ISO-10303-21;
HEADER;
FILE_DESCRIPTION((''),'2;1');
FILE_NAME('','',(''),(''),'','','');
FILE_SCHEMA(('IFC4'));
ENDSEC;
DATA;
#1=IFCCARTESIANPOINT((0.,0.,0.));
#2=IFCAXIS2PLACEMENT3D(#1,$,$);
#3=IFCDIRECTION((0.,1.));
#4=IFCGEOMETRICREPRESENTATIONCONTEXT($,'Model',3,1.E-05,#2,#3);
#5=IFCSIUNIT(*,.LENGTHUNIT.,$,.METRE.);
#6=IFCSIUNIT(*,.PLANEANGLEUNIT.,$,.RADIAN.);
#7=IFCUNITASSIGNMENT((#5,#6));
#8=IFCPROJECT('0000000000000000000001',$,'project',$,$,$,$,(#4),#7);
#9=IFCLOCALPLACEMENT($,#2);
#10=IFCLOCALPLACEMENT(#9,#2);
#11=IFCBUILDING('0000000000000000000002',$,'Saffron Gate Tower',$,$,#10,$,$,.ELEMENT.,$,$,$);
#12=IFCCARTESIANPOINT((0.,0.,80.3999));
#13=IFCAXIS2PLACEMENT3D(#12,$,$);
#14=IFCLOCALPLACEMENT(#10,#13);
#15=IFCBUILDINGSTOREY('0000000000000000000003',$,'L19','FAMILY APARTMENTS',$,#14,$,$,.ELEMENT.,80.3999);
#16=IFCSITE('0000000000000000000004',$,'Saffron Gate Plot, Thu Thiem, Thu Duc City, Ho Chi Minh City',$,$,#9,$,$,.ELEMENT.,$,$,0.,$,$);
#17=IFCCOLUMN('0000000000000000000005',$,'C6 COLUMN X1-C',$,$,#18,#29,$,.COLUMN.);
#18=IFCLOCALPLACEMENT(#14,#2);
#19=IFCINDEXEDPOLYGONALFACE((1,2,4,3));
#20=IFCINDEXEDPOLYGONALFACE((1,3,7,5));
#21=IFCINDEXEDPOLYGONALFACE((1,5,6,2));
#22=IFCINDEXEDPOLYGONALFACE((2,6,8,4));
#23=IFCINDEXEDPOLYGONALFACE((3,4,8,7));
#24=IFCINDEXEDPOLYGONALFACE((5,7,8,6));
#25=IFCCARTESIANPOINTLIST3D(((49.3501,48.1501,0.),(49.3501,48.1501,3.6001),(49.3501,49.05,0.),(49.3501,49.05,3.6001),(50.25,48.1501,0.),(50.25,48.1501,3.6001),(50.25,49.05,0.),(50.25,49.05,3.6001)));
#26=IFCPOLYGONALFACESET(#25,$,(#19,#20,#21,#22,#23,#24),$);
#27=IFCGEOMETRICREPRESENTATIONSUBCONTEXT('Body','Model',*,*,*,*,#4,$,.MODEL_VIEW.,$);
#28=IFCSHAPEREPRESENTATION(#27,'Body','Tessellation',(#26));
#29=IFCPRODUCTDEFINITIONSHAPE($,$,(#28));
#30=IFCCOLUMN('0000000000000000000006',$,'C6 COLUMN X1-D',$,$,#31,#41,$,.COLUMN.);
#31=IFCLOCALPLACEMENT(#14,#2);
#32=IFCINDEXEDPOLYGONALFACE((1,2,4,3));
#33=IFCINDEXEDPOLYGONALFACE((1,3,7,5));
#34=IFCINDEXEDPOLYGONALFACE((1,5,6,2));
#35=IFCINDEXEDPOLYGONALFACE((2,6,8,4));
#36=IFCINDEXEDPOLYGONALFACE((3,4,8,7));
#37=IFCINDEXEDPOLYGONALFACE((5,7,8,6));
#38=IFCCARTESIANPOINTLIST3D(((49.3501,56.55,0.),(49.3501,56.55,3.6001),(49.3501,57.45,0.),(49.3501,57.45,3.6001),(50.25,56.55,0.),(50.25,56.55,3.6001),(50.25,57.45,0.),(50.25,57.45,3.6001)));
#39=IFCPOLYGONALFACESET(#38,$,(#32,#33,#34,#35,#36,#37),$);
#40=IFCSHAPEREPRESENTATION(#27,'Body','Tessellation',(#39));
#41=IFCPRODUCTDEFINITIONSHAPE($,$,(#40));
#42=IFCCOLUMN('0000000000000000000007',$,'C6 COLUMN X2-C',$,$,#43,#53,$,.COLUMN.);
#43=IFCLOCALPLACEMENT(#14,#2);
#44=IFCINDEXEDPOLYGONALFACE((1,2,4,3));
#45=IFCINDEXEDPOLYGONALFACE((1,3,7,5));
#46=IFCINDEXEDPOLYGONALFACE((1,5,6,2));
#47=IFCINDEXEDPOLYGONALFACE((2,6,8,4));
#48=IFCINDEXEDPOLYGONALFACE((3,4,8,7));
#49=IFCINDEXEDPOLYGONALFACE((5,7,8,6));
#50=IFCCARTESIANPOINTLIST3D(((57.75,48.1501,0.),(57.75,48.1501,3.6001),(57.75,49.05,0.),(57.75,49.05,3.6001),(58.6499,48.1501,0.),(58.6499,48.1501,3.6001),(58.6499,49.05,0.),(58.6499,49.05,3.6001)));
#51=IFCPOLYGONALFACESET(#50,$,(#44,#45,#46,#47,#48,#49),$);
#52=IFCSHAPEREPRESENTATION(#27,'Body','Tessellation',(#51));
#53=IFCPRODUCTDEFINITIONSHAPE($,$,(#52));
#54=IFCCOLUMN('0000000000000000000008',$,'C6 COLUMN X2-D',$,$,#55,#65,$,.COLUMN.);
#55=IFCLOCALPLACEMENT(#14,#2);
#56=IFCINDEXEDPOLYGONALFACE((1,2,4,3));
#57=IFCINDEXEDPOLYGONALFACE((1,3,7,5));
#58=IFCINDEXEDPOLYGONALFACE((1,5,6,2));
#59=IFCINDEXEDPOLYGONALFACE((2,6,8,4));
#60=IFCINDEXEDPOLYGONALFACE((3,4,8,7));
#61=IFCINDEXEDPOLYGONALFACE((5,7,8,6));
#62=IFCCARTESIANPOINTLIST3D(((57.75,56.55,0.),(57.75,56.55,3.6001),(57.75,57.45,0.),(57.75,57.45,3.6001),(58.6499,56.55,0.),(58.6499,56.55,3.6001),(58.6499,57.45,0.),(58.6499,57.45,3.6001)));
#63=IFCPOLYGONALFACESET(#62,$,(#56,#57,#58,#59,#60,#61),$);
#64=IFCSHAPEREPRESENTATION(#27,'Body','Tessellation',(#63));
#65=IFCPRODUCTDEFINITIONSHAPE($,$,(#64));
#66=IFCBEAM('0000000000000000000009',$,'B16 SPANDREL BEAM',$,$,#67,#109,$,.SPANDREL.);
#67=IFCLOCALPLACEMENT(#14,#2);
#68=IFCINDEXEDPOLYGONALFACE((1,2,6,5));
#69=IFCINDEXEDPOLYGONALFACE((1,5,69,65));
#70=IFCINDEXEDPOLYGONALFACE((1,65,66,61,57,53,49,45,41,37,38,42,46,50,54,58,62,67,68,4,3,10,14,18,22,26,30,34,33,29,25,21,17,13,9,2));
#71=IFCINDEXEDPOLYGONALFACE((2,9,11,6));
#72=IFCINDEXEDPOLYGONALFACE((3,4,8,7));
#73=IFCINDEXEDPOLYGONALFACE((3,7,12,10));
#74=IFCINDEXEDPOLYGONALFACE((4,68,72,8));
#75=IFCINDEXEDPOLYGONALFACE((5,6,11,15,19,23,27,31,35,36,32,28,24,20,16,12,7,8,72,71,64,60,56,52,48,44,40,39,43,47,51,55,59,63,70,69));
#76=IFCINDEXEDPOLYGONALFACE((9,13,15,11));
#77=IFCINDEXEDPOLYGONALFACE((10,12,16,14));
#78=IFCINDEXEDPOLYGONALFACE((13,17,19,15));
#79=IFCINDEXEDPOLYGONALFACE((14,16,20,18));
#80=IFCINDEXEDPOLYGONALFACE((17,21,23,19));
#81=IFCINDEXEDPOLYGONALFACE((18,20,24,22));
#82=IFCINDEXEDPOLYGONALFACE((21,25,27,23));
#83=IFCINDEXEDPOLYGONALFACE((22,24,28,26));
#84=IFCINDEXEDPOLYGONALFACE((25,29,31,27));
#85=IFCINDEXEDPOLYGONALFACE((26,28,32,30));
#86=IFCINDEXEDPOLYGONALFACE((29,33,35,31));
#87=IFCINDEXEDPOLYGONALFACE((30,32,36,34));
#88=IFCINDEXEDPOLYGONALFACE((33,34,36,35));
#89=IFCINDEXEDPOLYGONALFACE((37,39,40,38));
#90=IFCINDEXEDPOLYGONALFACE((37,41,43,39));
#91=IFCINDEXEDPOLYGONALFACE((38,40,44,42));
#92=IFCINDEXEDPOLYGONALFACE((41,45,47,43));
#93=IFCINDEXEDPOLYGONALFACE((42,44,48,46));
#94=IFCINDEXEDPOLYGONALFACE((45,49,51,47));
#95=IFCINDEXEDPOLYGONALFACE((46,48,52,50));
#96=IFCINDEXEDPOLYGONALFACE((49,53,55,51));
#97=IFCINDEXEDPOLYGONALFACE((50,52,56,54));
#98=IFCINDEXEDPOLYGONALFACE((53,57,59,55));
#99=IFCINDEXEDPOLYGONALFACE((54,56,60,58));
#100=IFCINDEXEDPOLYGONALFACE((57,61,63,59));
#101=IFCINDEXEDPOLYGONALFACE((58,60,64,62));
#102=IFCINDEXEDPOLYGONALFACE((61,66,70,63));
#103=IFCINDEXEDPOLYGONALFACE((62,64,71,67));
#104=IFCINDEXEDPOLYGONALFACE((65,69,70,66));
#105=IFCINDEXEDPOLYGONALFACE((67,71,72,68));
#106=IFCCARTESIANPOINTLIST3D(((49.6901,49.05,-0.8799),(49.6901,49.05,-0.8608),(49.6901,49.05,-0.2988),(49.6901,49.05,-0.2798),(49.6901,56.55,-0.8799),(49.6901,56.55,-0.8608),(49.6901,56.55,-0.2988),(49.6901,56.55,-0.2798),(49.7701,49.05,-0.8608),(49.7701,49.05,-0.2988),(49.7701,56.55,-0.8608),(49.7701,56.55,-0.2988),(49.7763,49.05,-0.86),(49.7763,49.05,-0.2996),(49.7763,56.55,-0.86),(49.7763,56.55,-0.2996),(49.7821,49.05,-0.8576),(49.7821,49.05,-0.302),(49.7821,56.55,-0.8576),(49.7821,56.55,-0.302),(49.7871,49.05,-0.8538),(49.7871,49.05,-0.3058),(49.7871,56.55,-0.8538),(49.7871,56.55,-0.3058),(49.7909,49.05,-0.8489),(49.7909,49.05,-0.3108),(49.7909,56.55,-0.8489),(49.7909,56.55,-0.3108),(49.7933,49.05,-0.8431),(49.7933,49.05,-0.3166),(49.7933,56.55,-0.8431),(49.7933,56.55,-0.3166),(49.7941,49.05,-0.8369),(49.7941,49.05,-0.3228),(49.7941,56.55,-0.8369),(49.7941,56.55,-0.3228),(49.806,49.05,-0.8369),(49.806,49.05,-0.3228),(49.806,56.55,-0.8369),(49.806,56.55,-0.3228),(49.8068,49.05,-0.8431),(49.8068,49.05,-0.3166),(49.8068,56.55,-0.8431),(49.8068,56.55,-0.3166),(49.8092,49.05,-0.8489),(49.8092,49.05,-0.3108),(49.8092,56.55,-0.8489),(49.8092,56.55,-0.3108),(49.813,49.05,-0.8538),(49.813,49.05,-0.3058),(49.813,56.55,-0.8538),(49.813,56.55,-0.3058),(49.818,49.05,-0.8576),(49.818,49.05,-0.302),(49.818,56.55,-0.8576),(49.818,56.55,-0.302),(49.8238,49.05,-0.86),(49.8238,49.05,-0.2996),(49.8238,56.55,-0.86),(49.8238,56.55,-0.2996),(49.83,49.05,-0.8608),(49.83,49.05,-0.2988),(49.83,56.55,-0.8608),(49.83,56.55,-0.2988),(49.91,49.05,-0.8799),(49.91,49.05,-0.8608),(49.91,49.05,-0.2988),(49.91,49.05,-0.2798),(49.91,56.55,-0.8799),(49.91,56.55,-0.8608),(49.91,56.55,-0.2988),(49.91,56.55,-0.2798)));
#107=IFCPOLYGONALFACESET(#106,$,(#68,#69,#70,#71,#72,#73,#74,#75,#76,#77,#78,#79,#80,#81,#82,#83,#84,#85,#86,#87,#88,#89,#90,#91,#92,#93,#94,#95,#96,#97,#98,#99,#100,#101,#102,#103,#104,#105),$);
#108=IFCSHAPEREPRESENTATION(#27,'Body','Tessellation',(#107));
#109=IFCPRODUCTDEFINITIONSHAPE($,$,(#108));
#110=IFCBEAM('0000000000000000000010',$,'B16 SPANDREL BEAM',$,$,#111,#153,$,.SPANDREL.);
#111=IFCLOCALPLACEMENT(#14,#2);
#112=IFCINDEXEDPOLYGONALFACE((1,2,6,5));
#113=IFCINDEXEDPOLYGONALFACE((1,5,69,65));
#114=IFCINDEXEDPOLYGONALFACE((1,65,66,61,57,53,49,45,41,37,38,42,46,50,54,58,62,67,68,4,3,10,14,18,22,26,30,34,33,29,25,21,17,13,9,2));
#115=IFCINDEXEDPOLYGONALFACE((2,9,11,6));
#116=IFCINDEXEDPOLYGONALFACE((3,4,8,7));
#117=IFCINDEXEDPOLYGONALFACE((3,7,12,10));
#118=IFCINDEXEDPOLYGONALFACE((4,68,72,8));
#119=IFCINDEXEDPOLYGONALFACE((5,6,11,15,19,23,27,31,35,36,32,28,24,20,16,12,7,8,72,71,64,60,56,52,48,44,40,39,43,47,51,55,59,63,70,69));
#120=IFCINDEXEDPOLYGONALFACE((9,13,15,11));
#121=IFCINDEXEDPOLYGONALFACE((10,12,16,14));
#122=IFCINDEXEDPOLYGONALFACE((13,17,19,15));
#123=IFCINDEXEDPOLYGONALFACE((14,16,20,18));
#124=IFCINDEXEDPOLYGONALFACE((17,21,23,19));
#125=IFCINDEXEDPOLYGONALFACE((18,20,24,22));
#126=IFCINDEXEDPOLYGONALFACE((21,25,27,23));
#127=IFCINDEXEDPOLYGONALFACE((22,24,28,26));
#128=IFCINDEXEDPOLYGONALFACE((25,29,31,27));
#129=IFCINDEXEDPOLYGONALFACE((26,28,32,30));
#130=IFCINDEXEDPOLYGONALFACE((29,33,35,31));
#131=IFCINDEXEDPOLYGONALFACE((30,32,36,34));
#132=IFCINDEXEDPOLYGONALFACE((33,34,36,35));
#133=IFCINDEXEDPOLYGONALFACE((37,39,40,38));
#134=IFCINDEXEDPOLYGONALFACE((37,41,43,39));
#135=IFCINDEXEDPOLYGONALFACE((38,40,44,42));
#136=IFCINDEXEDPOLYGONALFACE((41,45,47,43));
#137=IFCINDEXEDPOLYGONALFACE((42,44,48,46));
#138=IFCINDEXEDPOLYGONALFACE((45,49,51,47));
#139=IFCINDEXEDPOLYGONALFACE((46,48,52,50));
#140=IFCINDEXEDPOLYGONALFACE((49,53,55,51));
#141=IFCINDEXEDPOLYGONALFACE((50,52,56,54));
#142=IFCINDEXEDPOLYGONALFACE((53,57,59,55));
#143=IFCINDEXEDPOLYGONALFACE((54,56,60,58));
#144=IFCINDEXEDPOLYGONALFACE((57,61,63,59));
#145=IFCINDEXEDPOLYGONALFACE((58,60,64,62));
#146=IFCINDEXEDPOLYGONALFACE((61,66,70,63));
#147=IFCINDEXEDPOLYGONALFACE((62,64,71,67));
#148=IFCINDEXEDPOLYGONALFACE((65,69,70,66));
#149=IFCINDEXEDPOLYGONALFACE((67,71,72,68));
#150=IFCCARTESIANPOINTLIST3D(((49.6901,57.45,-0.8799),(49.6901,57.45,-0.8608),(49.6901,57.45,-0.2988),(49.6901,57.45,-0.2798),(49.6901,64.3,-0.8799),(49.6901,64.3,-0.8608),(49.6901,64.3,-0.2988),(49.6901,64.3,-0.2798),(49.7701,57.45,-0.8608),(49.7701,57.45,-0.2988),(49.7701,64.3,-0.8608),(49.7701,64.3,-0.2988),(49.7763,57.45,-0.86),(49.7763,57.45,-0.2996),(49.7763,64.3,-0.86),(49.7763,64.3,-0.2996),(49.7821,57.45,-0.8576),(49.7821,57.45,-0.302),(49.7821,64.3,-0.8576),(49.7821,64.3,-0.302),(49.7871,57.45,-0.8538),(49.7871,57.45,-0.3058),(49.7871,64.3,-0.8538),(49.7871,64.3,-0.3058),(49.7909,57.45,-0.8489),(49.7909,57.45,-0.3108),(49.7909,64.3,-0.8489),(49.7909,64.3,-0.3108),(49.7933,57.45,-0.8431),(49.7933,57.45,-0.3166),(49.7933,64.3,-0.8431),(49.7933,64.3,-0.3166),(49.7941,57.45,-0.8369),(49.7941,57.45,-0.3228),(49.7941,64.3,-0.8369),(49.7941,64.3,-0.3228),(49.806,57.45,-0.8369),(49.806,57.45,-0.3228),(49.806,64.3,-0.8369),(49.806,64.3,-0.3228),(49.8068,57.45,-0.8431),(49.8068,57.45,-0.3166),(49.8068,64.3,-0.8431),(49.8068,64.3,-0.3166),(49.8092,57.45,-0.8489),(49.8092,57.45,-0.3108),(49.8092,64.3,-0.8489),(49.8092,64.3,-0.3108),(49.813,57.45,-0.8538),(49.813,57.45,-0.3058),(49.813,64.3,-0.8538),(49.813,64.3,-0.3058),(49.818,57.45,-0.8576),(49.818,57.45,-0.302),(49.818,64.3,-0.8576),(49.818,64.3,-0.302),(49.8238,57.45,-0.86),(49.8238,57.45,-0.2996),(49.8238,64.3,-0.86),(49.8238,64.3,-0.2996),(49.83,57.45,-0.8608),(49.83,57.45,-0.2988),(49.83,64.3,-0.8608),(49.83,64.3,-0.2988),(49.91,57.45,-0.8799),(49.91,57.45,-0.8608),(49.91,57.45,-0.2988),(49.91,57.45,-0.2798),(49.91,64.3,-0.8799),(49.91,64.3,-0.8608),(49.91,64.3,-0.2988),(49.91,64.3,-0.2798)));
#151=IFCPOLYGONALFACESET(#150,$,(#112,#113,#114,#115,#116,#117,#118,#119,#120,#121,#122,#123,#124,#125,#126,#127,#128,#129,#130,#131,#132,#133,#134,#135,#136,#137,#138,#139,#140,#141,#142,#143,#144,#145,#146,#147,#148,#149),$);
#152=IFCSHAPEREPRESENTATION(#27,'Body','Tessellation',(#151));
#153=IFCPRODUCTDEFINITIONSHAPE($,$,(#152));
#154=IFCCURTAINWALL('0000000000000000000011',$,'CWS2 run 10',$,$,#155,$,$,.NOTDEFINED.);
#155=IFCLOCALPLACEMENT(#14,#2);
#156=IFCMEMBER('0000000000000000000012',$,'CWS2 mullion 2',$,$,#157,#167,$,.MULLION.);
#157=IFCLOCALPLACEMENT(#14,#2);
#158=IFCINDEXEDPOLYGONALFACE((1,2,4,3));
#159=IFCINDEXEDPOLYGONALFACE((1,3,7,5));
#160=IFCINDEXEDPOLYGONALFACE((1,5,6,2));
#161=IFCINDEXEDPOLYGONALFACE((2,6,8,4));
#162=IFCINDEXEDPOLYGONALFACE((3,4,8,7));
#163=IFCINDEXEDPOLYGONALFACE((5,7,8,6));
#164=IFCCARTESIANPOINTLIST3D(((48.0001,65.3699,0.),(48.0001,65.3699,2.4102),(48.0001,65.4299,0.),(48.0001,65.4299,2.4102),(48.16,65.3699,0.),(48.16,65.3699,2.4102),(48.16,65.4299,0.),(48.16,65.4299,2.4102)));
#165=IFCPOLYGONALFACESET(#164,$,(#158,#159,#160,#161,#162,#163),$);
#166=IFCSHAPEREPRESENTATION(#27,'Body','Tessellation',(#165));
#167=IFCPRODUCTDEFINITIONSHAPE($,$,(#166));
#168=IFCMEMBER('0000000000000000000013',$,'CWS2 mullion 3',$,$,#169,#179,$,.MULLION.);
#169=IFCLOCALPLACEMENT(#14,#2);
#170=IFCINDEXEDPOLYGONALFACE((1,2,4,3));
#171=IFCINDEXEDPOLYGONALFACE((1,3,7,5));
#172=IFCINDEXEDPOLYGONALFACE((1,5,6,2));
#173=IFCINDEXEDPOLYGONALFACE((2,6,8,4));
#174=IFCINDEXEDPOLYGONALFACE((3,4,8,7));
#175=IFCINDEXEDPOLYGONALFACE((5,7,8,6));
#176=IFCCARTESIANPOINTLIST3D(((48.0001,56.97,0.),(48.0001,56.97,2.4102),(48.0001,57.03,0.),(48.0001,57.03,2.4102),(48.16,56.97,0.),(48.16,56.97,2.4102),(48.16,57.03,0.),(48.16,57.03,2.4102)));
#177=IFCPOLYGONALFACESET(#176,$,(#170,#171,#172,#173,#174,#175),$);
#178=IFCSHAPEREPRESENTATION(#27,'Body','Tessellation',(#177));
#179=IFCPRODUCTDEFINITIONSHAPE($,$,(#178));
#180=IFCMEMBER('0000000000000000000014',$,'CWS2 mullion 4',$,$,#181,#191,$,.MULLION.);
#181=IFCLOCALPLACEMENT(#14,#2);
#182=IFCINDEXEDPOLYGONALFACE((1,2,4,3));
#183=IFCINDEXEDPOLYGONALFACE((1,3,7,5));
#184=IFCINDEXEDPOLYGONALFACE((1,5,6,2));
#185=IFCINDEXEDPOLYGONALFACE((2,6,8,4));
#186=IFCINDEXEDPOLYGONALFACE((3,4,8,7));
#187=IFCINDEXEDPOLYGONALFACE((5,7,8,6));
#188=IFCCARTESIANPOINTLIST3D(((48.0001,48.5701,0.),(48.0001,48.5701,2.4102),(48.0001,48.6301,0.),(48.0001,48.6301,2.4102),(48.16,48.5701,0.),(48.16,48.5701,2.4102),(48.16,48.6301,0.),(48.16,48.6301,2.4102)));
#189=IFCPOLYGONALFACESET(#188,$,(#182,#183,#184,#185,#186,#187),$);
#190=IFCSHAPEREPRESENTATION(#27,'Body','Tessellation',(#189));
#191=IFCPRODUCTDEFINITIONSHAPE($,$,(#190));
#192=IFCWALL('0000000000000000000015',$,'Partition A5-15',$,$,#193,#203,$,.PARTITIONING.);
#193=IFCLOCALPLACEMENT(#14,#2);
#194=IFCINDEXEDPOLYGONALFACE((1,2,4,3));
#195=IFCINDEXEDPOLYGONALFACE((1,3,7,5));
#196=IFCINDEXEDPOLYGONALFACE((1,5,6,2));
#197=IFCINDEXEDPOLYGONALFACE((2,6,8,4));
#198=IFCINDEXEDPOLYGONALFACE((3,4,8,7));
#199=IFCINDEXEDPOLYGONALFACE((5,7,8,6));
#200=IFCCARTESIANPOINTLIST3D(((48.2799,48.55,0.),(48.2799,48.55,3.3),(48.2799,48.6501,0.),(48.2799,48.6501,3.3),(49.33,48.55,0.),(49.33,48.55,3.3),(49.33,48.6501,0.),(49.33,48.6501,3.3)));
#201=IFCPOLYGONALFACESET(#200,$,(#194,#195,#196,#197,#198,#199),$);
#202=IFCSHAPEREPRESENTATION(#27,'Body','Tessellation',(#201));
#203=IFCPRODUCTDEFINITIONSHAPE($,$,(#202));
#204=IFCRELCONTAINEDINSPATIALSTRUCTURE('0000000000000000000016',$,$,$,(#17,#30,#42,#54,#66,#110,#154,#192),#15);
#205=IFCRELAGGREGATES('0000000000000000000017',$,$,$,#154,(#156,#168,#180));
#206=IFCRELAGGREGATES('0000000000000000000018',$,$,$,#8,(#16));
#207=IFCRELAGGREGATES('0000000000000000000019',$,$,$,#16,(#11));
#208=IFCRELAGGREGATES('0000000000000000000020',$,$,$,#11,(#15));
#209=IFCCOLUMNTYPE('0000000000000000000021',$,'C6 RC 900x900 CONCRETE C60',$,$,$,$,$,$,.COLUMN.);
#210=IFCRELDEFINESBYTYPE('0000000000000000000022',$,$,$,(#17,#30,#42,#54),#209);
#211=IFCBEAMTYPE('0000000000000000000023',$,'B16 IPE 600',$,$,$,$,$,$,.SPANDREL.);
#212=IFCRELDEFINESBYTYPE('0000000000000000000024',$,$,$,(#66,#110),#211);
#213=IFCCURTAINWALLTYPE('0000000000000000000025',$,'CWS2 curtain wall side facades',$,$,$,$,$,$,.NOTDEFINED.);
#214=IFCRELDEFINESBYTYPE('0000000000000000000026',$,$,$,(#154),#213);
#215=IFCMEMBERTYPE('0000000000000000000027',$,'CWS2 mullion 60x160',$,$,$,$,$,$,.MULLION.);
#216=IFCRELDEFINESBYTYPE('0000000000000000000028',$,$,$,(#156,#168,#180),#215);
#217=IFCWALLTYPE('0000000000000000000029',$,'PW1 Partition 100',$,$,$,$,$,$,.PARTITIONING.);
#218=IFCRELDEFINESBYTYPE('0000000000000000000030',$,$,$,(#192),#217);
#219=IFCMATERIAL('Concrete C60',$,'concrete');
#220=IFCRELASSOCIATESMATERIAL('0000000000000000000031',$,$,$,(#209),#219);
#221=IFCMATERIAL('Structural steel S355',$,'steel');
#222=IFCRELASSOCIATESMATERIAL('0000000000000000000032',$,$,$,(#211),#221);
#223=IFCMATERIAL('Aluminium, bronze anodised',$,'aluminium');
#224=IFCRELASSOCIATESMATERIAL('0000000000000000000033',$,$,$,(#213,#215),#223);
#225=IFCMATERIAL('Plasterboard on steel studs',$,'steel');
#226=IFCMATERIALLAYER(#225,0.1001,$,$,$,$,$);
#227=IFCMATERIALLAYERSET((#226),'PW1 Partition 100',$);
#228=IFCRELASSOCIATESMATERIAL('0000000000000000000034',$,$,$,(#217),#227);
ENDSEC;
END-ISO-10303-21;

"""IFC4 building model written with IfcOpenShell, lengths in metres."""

from ifc_helpers import new_model, si_unit, direction, frame, frame_2d, origin, origin_2d, place, context, subcontext, project, spatial, rectangle, i_section, extrude, material, layer, layer_set, material_profile, profile_set, type_object, element, aggregate, save


model = new_model("IFC4")

# Units and contexts
model_context = context("Model", 3, precision=1e-05, world=origin(), true_north=direction((0.0, 1.0)))
body_context = subcontext(model_context, "Body", "Model", "MODEL_VIEW")
ifc_project = project(units=[si_unit("LENGTHUNIT", "METRE"), si_unit("PLANEANGLEUNIT", "RADIAN")], contexts=[model_context])

# Site, building, storey
site_placement = place(None, origin())
site = spatial("IfcSite", under=ifc_project, at=site_placement, Name="Saffron Gate Plot, Thu Thiem, Thu Duc City, Ho Chi Minh City", CompositionType="ELEMENT", RefElevation=0.0)
building_placement = place(site_placement, origin())
building = spatial("IfcBuilding", under=site, at=building_placement, Name="Saffron Gate Tower", CompositionType="ELEMENT")
storey_placement = place(building_placement, frame((0.0, 0.0, 80.3999)))
storey = spatial("IfcBuildingStorey", under=building, at=storey_placement, Name="L19", Description="FAMILY APARTMENTS", CompositionType="ELEMENT", Elevation=80.3999)

# Columns
ifc_material_1 = material(Name="Concrete C60", Category="concrete")
ifc_material_profile_1 = material_profile(ifc_material_1, rectangle(XDim=0.8999, YDim=0.8999, at=origin_2d()))
ifc_profile_set_1 = profile_set([ifc_material_profile_1], Name="Concrete C60")
column_type = type_object("IfcColumnType", Name="C6 RC 900x900 CONCRETE C60", PredefinedType="COLUMN", material=ifc_profile_set_1)
for number, where, z_axis, x_axis, name in (
    (1, (49.8, 48.6001, 0.0), (0.0, 0.0, 1.0), (1.0, 0.0, 0.0), "C6 COLUMN X1-C"),
    (2, (49.8, 57.0, 0.0), (0.0, 0.0, 1.0), (1.0, 0.0, 0.0), "C6 COLUMN X1-D"),
    (3, (58.2, 48.6001, 0.0), (0.0, 0.0, 1.0), (1.0, 0.0, 0.0), "C6 COLUMN X2-C"),
    (4, (58.2, 57.0, 0.0), (0.0, 0.0, 1.0), (1.0, 0.0, 0.0), "C6 COLUMN X2-D"),
):
    element("IfcColumn", number, at=place(storey_placement, frame(where, z_axis=z_axis, x_axis=x_axis)), inside=storey, type_object=column_type, Name=name, PredefinedType="COLUMN", context=body_context, shape_type="SweptSolid", body=[
        extrude(rectangle(XDim=0.8999, YDim=0.8999, at=origin_2d()), origin(), (0.0, 0.0, 1.0), 3.6001),
    ])

# Beams
ifc_material_2 = material(Name="Structural steel S355", Category="steel")
ifc_material_profile_2 = material_profile(ifc_material_2, i_section(OverallWidth=0.22, OverallDepth=0.6001, WebThickness=0.012, FlangeThickness=0.019, FilletRadius=0.0239, at=origin_2d()))
ifc_profile_set_2 = profile_set([ifc_material_profile_2], Name="Structural steel S355")
beam_type = type_object("IfcBeamType", Name="B16 IPE 600", PredefinedType="SPANDREL", material=ifc_profile_set_2)
beam_1_placement = place(storey_placement, frame((49.8, 49.05, -0.5798), z_axis=(0.0, 1.0, 0.0), x_axis=(-1.0, 0.0, 0.0)))
element("IfcBeam", 5, at=beam_1_placement, inside=storey, type_object=beam_type, Name="B16 SPANDREL BEAM", PredefinedType="SPANDREL", context=body_context, shape_type="SweptSolid", body=[
    extrude(i_section(OverallWidth=0.22, OverallDepth=0.6001, WebThickness=0.012, FlangeThickness=0.019, FilletRadius=0.0239, at=origin_2d()), origin(), (0.0, 0.0, 1.0), 7.5),
])
beam_2_placement = place(storey_placement, frame((49.8, 57.45, -0.5798), z_axis=(0.0, 1.0, 0.0), x_axis=(-1.0, 0.0, 0.0)))
element("IfcBeam", 6, at=beam_2_placement, inside=storey, type_object=beam_type, Name="B16 SPANDREL BEAM", PredefinedType="SPANDREL", context=body_context, shape_type="SweptSolid", body=[
    extrude(i_section(OverallWidth=0.22, OverallDepth=0.6001, WebThickness=0.012, FlangeThickness=0.019, FilletRadius=0.0239, at=origin_2d()), origin(), (0.0, 0.0, 1.0), 6.8501),
])

# Curtain wall, members
ifc_material_3 = material(Name="Aluminium, bronze anodised", Category="aluminium")
curtain_wall_type = type_object("IfcCurtainWallType", Name="CWS2 curtain wall side facades", PredefinedType="NOTDEFINED", material=ifc_material_3)
curtain_wall_placement = place(storey_placement, origin())
curtain_wall = element("IfcCurtainWall", 7, at=curtain_wall_placement, inside=storey, type_object=curtain_wall_type, Name="CWS2 run 10", PredefinedType="NOTDEFINED")
ifc_material_profile_3 = material_profile(ifc_material_3, rectangle(XDim=0.1599, YDim=0.0601, at=origin_2d()))
ifc_profile_set_3 = profile_set([ifc_material_profile_3], Name="Aluminium, bronze anodised")
member_type = type_object("IfcMemberType", Name="CWS2 mullion 60x160", PredefinedType="MULLION", material=ifc_profile_set_3)
member_1_placement = place(storey_placement, frame((48.0801, 65.3999, 0.0), z_axis=(0.0, 0.0, 1.0), x_axis=(1.0, 0.0, 0.0)))
member_1 = element("IfcMember", 8, at=member_1_placement, type_object=member_type, Name="CWS2 mullion 2", PredefinedType="MULLION", context=body_context, shape_type="SweptSolid", body=[
    extrude(rectangle(XDim=0.1599, YDim=0.0601, at=origin_2d()), origin(), (0.0, 0.0, 1.0), 2.4102),
])
member_2_placement = place(storey_placement, frame((48.0801, 57.0, 0.0), z_axis=(0.0, 0.0, 1.0), x_axis=(1.0, 0.0, 0.0)))
member_2 = element("IfcMember", 9, at=member_2_placement, type_object=member_type, Name="CWS2 mullion 3", PredefinedType="MULLION", context=body_context, shape_type="SweptSolid", body=[
    extrude(rectangle(XDim=0.1599, YDim=0.0601, at=origin_2d()), origin(), (0.0, 0.0, 1.0), 2.4102),
])
member_3_placement = place(storey_placement, frame((48.0801, 48.6001, 0.0), z_axis=(0.0, 0.0, 1.0), x_axis=(1.0, 0.0, 0.0)))
member_3 = element("IfcMember", 10, at=member_3_placement, type_object=member_type, Name="CWS2 mullion 4", PredefinedType="MULLION", context=body_context, shape_type="SweptSolid", body=[
    extrude(rectangle(XDim=0.1599, YDim=0.0601, at=origin_2d()), origin(), (0.0, 0.0, 1.0), 2.4102),
])
aggregate(curtain_wall, [member_1, member_2, member_3])

# Wall
ifc_material_4 = material(Name="Plasterboard on steel studs", Category="steel")
ifc_layer_1 = layer(ifc_material_4, 0.1001)
ifc_layer_set_1 = layer_set([ifc_layer_1], Name="PW1 Partition 100")
wall_type_1 = type_object("IfcWallType", Name="PW1 Partition 100", PredefinedType="PARTITIONING", material=ifc_layer_set_1)
wall_1_placement = place(storey_placement, frame((48.28, 48.6001, 0.0), z_axis=(0.0, 0.0, 1.0), x_axis=(1.0, 0.0, 0.0)))
element("IfcWall", 11, at=wall_1_placement, inside=storey, type_object=wall_type_1, Name="Partition A5-15", PredefinedType="PARTITIONING", context=body_context, shape_type="SweptSolid", body=[
    extrude(rectangle(XDim=1.05, YDim=0.1001, at=frame_2d((0.5249, 0.0))), origin(), (0.0, 0.0, 1.0), 3.3),
])

save(model, "model.ifc")
